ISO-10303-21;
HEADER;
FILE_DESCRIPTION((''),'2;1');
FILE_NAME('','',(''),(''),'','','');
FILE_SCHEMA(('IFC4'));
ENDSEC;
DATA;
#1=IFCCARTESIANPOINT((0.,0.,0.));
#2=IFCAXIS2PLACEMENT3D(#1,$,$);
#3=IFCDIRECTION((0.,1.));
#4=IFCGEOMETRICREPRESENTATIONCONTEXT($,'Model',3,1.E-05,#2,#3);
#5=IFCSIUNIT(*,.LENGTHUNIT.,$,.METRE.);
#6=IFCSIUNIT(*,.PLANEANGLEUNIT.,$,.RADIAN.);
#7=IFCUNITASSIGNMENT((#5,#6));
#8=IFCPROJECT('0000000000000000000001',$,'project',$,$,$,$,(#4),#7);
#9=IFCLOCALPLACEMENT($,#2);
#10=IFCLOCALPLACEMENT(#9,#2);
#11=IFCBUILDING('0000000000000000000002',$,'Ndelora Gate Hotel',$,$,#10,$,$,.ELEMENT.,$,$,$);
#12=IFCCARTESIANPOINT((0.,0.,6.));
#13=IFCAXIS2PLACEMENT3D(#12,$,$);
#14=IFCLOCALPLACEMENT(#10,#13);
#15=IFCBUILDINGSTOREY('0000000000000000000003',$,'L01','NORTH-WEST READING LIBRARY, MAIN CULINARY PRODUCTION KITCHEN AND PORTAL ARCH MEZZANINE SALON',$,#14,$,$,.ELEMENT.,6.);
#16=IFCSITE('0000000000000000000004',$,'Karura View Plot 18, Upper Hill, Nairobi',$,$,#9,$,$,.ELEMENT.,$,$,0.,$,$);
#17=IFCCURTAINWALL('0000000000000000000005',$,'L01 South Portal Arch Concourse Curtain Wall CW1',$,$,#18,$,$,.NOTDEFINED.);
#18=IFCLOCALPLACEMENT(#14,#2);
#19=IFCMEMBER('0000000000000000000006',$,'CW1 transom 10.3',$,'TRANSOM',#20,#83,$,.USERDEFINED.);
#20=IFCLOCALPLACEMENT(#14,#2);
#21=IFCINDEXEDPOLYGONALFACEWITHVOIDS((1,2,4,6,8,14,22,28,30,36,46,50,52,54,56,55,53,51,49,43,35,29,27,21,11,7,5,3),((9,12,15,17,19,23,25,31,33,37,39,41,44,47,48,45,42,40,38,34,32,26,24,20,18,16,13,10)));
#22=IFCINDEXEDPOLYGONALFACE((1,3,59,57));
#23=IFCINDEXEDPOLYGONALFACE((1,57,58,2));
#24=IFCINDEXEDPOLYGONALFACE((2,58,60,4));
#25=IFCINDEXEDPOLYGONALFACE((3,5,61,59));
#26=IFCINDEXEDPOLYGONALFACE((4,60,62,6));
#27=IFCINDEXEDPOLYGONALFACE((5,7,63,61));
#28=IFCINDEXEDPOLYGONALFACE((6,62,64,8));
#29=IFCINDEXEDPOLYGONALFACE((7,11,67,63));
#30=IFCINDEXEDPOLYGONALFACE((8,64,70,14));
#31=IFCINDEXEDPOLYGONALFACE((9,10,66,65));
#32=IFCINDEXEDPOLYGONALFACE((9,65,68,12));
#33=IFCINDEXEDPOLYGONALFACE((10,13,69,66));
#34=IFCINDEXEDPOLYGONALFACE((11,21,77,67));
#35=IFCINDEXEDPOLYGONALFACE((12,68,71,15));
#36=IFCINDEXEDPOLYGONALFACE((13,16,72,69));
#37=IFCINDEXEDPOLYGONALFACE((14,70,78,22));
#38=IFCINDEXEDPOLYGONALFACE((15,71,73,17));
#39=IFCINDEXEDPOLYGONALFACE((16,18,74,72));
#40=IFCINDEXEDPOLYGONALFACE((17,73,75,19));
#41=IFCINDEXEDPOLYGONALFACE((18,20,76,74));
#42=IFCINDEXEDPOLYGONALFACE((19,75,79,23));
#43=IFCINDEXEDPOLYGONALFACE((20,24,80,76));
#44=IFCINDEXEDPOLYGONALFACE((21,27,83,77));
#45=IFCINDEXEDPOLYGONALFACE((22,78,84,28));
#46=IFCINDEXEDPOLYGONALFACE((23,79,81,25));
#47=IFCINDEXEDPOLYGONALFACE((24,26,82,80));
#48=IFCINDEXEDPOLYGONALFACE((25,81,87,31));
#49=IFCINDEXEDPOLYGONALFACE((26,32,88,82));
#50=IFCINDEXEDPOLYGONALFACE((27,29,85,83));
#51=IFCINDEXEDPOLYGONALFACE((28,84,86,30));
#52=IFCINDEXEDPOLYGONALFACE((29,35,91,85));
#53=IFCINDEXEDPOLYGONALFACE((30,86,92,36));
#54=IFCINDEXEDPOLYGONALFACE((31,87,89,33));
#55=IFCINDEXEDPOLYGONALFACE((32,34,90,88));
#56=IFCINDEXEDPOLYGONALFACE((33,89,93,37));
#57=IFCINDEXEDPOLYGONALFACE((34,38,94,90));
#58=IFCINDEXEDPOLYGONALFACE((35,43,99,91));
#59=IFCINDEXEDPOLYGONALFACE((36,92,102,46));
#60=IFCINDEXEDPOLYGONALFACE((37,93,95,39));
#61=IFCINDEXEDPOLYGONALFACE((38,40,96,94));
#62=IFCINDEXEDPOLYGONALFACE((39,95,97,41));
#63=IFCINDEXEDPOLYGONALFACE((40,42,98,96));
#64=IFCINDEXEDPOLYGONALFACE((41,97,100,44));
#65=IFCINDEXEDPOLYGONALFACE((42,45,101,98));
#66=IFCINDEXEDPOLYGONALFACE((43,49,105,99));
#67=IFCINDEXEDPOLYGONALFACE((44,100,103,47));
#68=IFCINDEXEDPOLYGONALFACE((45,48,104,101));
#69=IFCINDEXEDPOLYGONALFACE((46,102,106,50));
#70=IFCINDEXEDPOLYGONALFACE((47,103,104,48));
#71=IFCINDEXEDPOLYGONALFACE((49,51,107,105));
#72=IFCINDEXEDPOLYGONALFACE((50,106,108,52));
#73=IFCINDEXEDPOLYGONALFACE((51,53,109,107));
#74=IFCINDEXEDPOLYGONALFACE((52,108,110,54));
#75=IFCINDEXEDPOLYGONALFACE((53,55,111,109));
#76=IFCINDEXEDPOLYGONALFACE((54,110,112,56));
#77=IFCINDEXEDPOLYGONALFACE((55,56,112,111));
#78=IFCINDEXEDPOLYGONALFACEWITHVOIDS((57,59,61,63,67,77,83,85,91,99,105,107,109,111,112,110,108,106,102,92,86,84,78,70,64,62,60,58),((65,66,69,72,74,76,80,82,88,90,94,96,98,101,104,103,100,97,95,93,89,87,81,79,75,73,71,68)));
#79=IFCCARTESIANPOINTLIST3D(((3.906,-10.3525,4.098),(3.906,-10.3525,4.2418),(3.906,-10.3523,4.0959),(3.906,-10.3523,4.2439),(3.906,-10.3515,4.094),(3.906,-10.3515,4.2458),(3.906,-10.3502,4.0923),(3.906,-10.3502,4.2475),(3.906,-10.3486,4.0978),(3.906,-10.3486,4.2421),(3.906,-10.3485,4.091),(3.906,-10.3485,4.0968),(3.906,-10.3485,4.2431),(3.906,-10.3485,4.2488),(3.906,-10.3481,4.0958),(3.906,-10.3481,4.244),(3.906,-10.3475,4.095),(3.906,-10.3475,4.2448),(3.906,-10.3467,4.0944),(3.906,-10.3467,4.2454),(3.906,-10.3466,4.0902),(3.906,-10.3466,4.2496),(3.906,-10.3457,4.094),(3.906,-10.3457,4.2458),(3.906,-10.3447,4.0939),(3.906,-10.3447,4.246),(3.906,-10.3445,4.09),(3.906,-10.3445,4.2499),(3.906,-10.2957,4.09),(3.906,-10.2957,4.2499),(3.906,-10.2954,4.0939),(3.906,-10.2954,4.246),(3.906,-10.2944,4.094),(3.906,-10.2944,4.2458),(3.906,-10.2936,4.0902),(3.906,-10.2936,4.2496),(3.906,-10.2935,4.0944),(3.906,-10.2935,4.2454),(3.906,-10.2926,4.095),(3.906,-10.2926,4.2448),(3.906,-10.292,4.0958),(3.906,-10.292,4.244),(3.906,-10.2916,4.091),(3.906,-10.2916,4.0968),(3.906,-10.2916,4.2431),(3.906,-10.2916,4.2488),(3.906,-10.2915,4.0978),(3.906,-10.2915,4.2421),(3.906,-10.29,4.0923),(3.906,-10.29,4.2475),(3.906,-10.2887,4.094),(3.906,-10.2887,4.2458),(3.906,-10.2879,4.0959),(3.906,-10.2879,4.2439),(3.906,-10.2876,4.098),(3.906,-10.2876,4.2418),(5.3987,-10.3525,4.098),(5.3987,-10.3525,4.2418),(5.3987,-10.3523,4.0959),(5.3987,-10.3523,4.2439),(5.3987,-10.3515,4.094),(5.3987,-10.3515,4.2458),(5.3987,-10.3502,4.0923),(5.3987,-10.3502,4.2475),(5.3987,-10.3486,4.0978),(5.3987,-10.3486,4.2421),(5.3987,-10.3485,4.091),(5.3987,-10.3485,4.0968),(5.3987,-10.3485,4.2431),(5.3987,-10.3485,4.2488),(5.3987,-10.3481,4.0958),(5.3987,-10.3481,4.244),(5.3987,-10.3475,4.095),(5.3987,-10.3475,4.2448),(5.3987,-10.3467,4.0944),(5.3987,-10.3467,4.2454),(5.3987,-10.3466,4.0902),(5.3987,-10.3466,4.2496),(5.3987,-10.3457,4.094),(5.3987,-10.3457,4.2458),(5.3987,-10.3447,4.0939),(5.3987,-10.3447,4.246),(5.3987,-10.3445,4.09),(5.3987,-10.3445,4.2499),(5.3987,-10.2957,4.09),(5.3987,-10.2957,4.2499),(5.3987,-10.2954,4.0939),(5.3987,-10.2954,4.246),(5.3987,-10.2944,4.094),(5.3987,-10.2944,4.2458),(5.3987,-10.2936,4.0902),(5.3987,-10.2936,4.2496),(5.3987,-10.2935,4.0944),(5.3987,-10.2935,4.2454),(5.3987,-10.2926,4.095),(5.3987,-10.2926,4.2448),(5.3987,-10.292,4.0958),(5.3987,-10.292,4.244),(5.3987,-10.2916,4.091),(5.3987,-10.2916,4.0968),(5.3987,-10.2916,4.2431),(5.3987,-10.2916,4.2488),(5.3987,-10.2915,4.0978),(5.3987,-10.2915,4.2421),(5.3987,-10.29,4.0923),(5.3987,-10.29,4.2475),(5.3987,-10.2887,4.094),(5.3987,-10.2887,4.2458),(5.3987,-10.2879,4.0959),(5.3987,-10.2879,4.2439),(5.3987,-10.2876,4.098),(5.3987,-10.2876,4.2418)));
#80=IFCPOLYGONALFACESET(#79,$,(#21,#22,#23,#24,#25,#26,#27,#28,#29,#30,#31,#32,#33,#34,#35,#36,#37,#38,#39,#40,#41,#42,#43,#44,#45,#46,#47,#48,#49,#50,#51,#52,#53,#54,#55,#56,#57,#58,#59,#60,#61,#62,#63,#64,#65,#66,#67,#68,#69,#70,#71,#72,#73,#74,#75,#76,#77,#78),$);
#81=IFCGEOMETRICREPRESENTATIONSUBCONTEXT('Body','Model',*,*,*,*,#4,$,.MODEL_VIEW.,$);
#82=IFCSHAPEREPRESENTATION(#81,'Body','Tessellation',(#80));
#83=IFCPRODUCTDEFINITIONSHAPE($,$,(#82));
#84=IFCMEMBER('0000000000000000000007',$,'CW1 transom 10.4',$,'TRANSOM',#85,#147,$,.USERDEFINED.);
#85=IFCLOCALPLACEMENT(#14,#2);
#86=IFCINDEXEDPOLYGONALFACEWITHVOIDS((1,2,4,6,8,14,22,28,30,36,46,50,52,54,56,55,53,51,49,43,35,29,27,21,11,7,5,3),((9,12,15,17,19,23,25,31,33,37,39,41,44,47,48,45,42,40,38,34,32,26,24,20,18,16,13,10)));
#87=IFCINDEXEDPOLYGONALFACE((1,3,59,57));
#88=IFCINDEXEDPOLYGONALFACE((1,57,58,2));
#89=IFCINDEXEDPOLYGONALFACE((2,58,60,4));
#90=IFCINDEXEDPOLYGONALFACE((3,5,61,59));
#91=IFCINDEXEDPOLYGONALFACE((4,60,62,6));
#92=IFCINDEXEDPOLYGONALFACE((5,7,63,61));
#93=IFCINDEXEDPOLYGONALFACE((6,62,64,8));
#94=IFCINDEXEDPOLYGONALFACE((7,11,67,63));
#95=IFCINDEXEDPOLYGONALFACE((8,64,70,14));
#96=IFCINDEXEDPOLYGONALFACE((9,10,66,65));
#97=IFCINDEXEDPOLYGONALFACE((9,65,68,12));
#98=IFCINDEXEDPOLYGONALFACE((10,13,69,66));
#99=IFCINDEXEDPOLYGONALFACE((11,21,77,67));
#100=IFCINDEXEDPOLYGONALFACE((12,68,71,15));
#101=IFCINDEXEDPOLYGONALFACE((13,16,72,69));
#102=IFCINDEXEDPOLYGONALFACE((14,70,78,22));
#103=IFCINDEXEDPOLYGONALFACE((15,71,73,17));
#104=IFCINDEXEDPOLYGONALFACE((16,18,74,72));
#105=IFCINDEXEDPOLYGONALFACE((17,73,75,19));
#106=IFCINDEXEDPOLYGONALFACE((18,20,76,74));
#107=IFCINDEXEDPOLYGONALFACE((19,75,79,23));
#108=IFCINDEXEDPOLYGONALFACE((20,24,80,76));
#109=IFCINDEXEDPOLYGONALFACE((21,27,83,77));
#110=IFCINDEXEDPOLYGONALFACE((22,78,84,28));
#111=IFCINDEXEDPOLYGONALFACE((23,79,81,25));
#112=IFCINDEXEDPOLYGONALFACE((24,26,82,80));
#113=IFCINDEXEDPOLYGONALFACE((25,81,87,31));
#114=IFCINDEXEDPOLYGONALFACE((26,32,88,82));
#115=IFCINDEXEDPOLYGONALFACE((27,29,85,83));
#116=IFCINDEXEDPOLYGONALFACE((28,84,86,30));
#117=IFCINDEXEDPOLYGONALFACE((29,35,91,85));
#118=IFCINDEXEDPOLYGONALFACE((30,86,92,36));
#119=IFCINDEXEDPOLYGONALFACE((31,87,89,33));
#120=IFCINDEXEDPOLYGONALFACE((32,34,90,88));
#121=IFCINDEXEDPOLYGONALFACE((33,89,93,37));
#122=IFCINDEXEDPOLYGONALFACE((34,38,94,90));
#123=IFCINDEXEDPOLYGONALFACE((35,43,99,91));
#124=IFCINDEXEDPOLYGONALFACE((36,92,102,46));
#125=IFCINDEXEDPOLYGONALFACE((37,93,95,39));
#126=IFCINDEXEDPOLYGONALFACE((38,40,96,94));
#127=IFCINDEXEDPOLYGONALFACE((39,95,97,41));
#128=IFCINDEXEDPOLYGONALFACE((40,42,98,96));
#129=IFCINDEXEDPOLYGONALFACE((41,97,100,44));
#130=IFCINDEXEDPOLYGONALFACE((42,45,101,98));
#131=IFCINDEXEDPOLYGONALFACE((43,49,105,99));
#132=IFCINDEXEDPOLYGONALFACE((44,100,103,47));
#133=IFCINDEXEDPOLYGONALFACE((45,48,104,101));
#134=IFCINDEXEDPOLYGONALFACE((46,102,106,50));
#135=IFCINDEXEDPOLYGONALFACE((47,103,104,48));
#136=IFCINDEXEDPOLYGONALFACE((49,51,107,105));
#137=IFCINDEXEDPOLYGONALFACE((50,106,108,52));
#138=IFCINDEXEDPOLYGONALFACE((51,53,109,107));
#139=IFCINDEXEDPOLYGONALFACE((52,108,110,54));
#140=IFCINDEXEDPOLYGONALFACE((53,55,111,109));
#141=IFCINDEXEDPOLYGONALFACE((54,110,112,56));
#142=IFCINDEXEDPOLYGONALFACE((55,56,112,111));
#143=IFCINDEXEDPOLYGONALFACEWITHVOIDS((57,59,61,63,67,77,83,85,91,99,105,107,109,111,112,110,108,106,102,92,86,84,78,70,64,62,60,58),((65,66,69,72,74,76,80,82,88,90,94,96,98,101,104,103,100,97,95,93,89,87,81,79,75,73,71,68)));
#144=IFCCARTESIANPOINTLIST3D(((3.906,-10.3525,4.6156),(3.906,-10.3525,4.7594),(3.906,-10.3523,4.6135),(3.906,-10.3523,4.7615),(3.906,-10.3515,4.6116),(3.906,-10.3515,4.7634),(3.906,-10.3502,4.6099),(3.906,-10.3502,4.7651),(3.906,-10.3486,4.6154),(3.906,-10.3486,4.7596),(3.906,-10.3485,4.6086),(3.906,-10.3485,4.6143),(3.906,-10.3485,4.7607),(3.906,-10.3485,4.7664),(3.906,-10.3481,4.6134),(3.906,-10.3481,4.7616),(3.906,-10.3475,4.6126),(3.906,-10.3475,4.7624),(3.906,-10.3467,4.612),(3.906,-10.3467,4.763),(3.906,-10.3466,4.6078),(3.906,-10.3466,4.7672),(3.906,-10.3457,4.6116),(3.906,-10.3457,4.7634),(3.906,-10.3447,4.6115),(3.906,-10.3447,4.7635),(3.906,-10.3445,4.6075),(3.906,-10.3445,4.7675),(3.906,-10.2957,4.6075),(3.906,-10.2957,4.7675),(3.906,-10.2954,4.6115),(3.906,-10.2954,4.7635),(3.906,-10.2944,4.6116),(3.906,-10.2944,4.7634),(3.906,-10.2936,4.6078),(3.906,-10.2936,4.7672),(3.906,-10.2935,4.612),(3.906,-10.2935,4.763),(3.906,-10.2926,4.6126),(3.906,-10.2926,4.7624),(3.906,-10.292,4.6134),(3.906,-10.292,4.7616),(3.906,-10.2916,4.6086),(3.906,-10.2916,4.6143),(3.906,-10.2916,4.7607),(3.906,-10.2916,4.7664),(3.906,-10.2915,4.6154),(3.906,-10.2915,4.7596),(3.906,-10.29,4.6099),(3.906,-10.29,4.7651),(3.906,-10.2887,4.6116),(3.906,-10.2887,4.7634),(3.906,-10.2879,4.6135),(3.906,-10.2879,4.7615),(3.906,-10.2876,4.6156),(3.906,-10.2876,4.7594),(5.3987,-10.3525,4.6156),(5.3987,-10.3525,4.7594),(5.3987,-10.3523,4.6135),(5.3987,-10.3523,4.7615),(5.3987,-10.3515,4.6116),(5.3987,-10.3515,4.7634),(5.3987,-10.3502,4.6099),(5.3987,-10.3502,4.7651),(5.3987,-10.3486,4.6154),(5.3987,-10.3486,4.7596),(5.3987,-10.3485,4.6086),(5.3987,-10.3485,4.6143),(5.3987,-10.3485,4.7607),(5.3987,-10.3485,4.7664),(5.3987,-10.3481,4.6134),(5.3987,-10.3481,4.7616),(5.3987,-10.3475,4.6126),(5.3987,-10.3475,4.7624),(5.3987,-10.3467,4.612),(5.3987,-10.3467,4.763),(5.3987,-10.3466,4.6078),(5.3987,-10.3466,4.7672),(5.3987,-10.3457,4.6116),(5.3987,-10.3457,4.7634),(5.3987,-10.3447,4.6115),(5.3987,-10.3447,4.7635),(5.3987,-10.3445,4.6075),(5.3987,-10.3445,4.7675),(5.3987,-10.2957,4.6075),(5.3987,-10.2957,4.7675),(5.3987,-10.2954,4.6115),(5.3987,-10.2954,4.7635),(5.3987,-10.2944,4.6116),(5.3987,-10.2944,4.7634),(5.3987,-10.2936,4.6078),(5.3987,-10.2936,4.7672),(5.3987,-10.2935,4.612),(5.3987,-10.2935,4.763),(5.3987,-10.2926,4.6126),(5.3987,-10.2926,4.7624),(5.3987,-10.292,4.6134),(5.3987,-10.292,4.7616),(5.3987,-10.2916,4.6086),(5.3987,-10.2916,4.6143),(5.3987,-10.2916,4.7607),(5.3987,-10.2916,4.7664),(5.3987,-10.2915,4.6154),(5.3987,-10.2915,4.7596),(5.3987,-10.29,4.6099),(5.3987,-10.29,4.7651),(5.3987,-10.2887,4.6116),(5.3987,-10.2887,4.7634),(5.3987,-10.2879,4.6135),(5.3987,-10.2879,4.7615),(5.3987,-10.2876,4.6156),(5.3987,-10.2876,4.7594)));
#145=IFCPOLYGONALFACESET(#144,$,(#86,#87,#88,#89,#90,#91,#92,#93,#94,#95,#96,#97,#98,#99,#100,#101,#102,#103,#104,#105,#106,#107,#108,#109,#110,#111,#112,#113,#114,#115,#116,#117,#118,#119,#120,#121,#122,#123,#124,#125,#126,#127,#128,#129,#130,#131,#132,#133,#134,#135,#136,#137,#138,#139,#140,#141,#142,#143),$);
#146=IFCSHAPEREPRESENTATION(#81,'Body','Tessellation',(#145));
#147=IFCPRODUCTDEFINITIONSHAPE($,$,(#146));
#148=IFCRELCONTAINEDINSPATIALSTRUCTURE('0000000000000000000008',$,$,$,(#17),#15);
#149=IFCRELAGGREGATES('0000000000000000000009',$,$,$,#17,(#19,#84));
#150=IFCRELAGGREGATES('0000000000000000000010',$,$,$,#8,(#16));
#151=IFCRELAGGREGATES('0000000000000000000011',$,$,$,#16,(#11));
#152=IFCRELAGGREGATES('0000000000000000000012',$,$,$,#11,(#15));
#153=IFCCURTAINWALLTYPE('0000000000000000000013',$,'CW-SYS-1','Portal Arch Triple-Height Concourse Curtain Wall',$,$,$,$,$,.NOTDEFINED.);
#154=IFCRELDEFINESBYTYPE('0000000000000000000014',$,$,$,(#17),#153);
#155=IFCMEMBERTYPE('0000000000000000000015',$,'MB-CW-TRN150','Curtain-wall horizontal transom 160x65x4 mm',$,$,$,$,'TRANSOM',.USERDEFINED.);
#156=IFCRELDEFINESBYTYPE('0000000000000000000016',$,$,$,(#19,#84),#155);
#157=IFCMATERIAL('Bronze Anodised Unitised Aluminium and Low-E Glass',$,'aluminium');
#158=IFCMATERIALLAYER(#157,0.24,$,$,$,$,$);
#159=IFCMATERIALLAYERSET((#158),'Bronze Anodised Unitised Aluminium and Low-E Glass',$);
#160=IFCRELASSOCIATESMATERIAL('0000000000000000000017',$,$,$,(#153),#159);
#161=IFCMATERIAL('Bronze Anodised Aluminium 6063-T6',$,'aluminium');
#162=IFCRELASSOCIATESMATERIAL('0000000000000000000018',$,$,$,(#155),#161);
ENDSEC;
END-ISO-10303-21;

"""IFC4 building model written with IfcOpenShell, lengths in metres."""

from ifc_helpers import new_model, si_unit, direction, frame, origin, origin_2d, place, context, subcontext, project, spatial, hollow_rectangle, extrude, material, layer, layer_set, material_profile, profile_set, type_object, element, aggregate, save


model = new_model("IFC4")

# Units and contexts
model_context = context("Model", 3, precision=1e-05, world=origin(), true_north=direction((0.0, 1.0)))
body_context = subcontext(model_context, "Body", "Model", "MODEL_VIEW")
ifc_project = project(units=[si_unit("LENGTHUNIT", "METRE"), si_unit("PLANEANGLEUNIT", "RADIAN")], contexts=[model_context])

# Site, building, storey
site_placement = place(None, origin())
site = spatial("IfcSite", under=ifc_project, at=site_placement, Name="Karura View Plot 18, Upper Hill, Nairobi", CompositionType="ELEMENT", RefElevation=0.0)
building_placement = place(site_placement, origin())
building = spatial("IfcBuilding", under=site, at=building_placement, Name="Ndelora Gate Hotel", CompositionType="ELEMENT")
storey_placement = place(building_placement, frame((0.0, 0.0, 6.0)))
storey = spatial("IfcBuildingStorey", under=building, at=storey_placement, Name="L01", Description="NORTH-WEST READING LIBRARY, MAIN CULINARY PRODUCTION KITCHEN AND PORTAL ARCH MEZZANINE SALON", CompositionType="ELEMENT", Elevation=6.0)

# Curtain wall, members
ifc_material_1 = material(Name="Bronze Anodised Unitised Aluminium and Low-E Glass", Category="aluminium")
ifc_layer_1 = layer(ifc_material_1, 0.24)
ifc_layer_set_1 = layer_set([ifc_layer_1], Name="Bronze Anodised Unitised Aluminium and Low-E Glass")
curtain_wall_type = type_object("IfcCurtainWallType", Name="CW-SYS-1", Description="Portal Arch Triple-Height Concourse Curtain Wall", PredefinedType="NOTDEFINED", material=ifc_layer_set_1)
curtain_wall_placement = place(storey_placement, origin())
curtain_wall = element("IfcCurtainWall", 1, at=curtain_wall_placement, inside=storey, type_object=curtain_wall_type, Name="L01 South Portal Arch Concourse Curtain Wall CW1", PredefinedType="NOTDEFINED")
ifc_material_2 = material(Name="Bronze Anodised Aluminium 6063-T6", Category="aluminium")
ifc_material_profile_1 = material_profile(ifc_material_2, hollow_rectangle(XDim=0.0649, YDim=0.1599, WallThickness=0.0039, InnerFilletRadius=0.0039, OuterFilletRadius=0.0081, at=origin_2d()), Name="ALU 160x65x4")
ifc_profile_set_1 = profile_set([ifc_material_profile_1], Name="Bronze Anodised Aluminium 6063-T6")
member_type_1 = type_object("IfcMemberType", Name="MB-CW-TRN150", Description="Curtain-wall horizontal transom 160x65x4 mm", ElementType="TRANSOM", PredefinedType="USERDEFINED", material=ifc_profile_set_1)
member_1_placement = place(storey_placement, frame((3.906, -10.3201, 4.1699), z_axis=(1.0, 0.0, 0.0), x_axis=(0.0, 1.0, 0.0)))
member_1 = element("IfcMember", 2, at=member_1_placement, type_object=member_type_1, Name="CW1 transom 10.3", ObjectType="TRANSOM", PredefinedType="USERDEFINED", context=body_context, shape_type="SweptSolid", body=[
    extrude(hollow_rectangle(XDim=0.0649, YDim=0.1599, WallThickness=0.0039, InnerFilletRadius=0.0039, OuterFilletRadius=0.0081, at=origin_2d()), origin(), (0.0, 0.0, 1.0), 1.4927),
])
member_2_placement = place(storey_placement, frame((3.906, -10.3201, 4.6875), z_axis=(1.0, 0.0, 0.0), x_axis=(0.0, 1.0, 0.0)))
member_2 = element("IfcMember", 3, at=member_2_placement, type_object=member_type_1, Name="CW1 transom 10.4", ObjectType="TRANSOM", PredefinedType="USERDEFINED", context=body_context, shape_type="SweptSolid", body=[
    extrude(hollow_rectangle(XDim=0.0649, YDim=0.1599, WallThickness=0.0039, InnerFilletRadius=0.0039, OuterFilletRadius=0.0081, at=origin_2d()), origin(), (0.0, 0.0, 1.0), 1.4927),
])
aggregate(curtain_wall, [member_1, member_2])

save(model, "model.ifc")
